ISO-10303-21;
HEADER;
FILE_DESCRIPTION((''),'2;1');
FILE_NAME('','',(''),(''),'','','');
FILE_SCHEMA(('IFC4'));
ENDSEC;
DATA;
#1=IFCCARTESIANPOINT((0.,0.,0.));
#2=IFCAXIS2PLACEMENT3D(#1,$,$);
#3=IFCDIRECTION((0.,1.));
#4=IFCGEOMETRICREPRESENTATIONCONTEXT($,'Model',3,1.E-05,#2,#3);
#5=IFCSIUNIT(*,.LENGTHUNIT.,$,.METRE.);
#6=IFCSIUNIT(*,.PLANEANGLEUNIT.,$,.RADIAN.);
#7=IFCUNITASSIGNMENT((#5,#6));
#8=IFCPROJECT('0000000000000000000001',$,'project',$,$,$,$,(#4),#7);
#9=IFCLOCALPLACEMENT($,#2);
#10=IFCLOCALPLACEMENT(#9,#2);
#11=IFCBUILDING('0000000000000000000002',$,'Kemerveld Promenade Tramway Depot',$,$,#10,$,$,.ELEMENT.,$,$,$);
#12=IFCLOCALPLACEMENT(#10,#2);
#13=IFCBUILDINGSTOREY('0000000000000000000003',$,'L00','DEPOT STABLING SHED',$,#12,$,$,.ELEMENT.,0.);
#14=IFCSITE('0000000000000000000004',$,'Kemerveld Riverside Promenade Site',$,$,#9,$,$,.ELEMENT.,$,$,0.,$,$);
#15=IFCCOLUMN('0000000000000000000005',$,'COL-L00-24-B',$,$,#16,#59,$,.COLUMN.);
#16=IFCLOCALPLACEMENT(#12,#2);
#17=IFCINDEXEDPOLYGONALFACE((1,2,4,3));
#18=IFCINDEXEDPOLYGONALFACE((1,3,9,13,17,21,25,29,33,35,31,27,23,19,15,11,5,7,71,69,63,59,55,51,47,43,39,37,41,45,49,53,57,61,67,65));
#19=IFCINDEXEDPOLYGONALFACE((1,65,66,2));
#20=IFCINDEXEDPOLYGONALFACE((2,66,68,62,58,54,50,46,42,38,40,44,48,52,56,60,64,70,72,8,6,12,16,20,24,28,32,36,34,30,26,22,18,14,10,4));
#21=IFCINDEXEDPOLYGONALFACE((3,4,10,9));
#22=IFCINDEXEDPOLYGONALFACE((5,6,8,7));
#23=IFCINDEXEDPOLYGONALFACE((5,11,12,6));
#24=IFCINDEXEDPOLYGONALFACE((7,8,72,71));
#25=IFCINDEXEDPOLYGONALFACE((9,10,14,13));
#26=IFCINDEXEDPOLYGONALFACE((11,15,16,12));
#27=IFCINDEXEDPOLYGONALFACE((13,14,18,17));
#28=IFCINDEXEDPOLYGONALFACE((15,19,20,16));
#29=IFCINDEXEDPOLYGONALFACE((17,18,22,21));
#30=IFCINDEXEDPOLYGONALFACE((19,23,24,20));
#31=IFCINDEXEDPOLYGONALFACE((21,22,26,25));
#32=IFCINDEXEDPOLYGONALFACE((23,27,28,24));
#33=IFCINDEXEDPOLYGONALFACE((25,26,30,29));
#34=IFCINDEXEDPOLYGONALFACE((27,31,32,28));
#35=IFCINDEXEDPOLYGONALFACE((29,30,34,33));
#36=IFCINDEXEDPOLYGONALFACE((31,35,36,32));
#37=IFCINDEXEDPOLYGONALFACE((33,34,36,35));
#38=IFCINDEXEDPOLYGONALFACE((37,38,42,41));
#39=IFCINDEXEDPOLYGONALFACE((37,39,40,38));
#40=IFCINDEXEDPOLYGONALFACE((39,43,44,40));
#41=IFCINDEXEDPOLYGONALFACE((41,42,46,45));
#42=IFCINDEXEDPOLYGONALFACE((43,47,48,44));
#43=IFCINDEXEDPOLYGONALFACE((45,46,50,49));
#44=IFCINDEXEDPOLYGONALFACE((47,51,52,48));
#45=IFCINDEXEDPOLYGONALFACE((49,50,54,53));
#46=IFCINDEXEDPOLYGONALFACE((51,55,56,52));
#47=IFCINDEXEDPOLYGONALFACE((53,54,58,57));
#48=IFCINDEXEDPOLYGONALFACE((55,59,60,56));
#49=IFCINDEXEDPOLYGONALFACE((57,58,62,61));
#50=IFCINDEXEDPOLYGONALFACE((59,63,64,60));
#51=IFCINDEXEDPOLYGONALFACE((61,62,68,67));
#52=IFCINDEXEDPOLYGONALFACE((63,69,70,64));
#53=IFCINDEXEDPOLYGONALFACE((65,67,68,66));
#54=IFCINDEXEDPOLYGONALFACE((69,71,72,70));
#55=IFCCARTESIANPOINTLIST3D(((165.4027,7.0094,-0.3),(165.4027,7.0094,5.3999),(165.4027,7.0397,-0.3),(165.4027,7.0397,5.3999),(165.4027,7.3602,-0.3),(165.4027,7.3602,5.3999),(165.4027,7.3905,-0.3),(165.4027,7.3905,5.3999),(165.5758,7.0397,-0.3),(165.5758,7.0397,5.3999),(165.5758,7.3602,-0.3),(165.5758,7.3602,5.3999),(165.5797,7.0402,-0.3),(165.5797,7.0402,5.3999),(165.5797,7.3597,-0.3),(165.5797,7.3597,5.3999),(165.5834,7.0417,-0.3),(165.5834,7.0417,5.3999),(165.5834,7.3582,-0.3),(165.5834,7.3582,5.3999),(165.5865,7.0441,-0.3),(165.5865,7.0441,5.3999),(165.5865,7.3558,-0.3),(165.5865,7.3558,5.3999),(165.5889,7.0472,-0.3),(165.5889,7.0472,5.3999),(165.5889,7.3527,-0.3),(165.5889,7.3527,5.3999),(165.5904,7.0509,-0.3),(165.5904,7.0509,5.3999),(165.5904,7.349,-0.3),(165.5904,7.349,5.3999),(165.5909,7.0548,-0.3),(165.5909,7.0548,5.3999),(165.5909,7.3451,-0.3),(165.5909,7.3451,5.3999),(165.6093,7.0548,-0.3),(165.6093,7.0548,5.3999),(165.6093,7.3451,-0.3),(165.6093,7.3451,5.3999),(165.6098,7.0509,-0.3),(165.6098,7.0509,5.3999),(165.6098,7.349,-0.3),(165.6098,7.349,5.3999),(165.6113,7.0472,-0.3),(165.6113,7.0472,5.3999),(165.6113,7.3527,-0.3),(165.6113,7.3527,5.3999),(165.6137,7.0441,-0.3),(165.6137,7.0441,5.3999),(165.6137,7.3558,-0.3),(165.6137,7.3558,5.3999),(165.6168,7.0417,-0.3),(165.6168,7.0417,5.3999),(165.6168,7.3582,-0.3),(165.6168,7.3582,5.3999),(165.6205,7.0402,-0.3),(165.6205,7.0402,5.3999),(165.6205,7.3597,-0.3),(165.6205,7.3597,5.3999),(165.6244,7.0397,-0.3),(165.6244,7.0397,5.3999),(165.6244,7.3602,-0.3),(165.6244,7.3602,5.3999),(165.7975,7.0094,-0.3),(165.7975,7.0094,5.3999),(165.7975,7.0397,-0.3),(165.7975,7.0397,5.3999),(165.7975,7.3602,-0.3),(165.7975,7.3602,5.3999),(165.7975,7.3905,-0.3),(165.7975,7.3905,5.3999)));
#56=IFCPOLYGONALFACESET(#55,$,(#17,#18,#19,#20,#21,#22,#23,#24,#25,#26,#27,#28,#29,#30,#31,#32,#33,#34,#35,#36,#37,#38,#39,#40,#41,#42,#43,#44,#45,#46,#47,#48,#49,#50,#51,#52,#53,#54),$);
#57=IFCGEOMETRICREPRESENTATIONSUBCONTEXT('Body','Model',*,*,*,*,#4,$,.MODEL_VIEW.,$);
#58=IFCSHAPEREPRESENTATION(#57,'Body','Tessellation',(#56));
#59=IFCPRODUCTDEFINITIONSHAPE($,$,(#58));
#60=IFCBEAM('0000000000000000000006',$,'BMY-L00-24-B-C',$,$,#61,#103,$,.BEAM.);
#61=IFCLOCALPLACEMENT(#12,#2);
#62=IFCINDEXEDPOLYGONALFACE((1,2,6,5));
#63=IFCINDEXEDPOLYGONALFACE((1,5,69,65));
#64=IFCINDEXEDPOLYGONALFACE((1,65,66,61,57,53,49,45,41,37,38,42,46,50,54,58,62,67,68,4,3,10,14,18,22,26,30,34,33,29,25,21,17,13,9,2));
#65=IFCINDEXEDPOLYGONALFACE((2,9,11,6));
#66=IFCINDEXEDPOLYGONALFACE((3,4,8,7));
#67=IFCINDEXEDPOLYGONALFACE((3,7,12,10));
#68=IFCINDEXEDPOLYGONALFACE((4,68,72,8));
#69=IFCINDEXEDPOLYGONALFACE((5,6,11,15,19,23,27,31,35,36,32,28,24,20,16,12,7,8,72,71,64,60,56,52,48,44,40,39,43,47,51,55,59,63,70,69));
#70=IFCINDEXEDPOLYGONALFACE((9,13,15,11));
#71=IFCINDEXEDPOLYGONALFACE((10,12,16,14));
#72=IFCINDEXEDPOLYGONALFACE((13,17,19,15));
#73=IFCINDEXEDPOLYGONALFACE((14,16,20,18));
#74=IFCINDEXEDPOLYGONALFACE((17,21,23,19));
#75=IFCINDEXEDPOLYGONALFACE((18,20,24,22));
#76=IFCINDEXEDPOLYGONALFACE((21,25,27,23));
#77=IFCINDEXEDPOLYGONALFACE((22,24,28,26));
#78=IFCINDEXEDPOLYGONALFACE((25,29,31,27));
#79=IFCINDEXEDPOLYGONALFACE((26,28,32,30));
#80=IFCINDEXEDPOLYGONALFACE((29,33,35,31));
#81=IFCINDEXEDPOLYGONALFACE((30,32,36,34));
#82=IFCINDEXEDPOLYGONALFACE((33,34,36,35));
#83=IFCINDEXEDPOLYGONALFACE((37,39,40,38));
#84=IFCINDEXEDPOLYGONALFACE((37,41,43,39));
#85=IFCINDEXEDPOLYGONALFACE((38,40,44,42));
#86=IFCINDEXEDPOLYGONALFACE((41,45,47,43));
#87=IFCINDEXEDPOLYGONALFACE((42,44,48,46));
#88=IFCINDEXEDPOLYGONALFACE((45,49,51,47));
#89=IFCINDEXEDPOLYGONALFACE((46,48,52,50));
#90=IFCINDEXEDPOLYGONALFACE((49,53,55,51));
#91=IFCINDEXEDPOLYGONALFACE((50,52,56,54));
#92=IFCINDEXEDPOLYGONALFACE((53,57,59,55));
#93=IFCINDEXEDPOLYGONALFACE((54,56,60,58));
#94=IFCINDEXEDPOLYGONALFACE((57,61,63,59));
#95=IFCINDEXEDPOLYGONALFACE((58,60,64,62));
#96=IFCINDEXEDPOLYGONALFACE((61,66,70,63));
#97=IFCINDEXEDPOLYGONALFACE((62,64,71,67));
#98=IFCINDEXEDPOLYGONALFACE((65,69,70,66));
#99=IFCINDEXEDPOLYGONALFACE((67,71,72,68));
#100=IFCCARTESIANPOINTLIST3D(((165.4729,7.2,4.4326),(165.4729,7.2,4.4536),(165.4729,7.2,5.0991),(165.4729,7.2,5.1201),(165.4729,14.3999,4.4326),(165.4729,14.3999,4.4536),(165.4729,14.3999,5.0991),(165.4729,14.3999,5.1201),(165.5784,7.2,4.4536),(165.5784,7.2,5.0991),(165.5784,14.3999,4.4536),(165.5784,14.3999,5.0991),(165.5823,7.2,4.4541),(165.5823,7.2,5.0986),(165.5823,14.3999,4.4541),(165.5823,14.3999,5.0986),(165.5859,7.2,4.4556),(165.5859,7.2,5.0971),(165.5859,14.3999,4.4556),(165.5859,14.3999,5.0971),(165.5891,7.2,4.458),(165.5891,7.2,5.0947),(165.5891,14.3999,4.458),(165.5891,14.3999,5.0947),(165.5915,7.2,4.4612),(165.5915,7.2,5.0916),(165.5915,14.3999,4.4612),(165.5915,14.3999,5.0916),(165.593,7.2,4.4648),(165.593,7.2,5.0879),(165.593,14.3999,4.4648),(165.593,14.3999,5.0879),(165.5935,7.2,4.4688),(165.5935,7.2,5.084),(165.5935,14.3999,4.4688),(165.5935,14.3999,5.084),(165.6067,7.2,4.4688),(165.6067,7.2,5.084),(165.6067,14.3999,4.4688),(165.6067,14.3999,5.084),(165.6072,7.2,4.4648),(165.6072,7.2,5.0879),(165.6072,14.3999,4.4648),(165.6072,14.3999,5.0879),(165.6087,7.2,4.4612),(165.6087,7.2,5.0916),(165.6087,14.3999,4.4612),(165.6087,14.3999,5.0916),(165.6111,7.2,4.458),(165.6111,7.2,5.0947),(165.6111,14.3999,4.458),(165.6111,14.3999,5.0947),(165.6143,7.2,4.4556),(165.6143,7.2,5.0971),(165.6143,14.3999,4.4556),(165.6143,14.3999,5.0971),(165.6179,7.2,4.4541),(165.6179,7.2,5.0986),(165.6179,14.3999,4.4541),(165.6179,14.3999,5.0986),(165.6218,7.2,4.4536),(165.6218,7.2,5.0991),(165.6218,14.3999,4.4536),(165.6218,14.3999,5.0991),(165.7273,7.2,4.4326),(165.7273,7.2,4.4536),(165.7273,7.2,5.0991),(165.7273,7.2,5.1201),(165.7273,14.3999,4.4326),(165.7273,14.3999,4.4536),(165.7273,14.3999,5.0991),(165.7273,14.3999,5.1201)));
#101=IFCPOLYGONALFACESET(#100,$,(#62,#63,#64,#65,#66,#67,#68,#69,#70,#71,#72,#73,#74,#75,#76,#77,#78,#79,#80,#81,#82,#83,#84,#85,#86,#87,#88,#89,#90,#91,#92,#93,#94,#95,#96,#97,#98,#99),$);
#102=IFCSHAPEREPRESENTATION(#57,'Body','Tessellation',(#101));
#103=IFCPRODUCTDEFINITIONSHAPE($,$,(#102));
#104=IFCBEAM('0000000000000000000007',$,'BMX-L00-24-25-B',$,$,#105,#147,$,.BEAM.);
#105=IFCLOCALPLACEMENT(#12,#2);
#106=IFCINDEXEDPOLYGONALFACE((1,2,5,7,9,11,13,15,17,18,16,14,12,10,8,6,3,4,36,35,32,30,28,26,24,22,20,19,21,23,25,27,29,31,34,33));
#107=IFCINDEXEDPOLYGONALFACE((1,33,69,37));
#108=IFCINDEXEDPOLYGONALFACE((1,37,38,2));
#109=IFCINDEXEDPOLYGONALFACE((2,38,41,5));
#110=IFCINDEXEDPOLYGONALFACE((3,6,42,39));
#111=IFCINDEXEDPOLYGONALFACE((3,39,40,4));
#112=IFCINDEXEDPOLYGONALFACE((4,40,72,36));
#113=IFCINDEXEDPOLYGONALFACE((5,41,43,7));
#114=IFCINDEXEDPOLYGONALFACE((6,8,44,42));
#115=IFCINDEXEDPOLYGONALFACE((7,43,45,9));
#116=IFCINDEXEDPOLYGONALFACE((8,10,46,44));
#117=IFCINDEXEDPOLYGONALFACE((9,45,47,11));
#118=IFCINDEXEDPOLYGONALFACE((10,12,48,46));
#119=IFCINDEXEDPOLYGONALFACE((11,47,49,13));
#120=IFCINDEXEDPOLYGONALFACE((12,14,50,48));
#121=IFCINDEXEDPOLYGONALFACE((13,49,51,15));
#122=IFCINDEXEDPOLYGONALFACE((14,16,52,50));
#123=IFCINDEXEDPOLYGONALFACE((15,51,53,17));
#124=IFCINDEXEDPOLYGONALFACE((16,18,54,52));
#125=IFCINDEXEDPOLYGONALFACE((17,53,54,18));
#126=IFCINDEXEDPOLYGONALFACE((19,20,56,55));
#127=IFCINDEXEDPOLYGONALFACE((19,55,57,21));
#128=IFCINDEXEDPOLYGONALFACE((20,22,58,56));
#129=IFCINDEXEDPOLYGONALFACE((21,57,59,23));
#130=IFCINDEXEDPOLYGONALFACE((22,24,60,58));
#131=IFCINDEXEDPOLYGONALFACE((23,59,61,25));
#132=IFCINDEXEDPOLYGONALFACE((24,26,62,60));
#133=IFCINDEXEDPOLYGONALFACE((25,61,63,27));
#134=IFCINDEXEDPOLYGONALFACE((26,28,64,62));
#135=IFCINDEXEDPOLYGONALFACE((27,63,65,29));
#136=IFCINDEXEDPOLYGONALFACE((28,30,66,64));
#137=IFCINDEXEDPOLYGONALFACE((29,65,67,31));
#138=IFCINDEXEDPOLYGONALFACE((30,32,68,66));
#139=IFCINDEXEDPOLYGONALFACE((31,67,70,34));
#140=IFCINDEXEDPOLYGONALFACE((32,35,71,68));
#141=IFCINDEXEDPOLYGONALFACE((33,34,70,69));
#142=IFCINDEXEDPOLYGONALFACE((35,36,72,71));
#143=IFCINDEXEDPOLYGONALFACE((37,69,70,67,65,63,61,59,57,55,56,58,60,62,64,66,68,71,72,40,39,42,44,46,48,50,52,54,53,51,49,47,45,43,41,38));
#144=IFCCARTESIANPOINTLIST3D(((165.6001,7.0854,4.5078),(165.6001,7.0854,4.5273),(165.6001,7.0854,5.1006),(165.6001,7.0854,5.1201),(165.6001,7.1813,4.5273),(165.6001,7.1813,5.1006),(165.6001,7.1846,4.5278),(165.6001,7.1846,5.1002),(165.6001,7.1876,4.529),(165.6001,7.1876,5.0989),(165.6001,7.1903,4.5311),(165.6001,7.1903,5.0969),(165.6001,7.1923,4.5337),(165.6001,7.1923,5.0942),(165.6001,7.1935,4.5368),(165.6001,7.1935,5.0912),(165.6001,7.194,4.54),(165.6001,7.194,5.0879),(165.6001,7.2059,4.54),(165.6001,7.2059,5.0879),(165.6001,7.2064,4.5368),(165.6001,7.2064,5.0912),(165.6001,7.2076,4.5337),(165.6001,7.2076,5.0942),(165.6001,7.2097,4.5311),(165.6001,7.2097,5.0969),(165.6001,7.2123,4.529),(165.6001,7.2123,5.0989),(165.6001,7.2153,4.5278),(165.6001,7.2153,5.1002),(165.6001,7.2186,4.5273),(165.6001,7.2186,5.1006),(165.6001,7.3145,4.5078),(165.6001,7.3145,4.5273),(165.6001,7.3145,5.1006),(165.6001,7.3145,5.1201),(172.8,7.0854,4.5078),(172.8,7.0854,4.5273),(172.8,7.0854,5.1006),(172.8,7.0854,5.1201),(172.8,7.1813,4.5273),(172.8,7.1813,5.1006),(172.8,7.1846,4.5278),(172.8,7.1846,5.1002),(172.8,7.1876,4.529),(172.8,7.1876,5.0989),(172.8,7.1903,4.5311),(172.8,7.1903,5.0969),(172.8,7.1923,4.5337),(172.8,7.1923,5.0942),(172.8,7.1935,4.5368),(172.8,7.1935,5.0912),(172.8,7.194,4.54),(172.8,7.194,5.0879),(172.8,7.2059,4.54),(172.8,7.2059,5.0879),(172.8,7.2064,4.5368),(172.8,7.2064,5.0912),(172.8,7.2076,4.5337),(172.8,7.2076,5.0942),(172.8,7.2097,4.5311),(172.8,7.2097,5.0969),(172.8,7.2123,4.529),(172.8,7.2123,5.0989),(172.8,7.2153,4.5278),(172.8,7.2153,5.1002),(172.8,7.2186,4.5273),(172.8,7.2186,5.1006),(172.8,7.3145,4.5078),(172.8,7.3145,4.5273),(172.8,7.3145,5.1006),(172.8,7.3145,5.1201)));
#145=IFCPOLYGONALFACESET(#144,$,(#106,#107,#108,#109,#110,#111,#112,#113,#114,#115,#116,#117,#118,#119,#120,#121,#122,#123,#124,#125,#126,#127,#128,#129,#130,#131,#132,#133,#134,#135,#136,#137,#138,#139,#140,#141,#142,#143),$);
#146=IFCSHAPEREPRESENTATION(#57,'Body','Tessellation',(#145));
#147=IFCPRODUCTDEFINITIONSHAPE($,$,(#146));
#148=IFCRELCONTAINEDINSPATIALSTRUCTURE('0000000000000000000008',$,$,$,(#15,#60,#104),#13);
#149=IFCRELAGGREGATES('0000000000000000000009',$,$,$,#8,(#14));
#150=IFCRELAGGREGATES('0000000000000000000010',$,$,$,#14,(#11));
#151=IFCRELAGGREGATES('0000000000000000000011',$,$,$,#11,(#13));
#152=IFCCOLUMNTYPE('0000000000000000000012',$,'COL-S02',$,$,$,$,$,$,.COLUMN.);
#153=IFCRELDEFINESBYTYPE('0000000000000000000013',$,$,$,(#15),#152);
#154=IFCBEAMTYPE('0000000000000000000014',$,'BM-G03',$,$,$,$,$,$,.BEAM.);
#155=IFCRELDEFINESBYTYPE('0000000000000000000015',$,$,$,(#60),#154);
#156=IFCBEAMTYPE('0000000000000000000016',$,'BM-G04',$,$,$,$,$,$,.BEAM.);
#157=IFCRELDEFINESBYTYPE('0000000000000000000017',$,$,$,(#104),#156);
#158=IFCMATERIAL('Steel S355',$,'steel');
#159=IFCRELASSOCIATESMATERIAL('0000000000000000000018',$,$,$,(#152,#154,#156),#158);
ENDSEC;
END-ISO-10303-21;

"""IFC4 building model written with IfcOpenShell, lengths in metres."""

from ifc_helpers import new_model, si_unit, direction, frame, origin, origin_2d, place, context, subcontext, project, spatial, i_section, extrude, material, material_profile, profile_set, type_object, element, save


model = new_model("IFC4")

# Units and contexts
model_context = context("Model", 3, precision=1e-05, world=origin(), true_north=direction((0.0, 1.0)))
body_context = subcontext(model_context, "Body", "Model", "MODEL_VIEW")
ifc_project = project(units=[si_unit("LENGTHUNIT", "METRE"), si_unit("PLANEANGLEUNIT", "RADIAN")], contexts=[model_context])

# Site, building, storey
site_placement = place(None, origin())
site = spatial("IfcSite", under=ifc_project, at=site_placement, Name="Kemerveld Riverside Promenade Site", CompositionType="ELEMENT", RefElevation=0.0)
building_placement = place(site_placement, origin())
building = spatial("IfcBuilding", under=site, at=building_placement, Name="Kemerveld Promenade Tramway Depot", CompositionType="ELEMENT")
storey_placement = place(building_placement, origin())
storey = spatial("IfcBuildingStorey", under=building, at=storey_placement, Name="L00", Description="DEPOT STABLING SHED", CompositionType="ELEMENT", Elevation=0.0)

# Column
ifc_material_1 = material(Name="Steel S355", Category="steel")
ifc_material_profile_1 = material_profile(ifc_material_1, i_section(OverallWidth=0.3948, OverallDepth=0.3811, WebThickness=0.0183, FlangeThickness=0.0303, FilletRadius=0.0151, at=origin_2d()), Name="356x406x235 UC")
ifc_profile_set_1 = profile_set([ifc_material_profile_1], Name="Steel S355")
column_type = type_object("IfcColumnType", Name="COL-S02", PredefinedType="COLUMN", material=ifc_profile_set_1)
for number, where, z_axis, x_axis, name in (
    (1, (165.6001, 7.2, -0.3), (0.0, 0.0, 1.0), (1.0, 0.0, 0.0), "COL-L00-24-B"),
):
    element("IfcColumn", number, at=place(storey_placement, frame(where, z_axis=z_axis, x_axis=x_axis)), inside=storey, type_object=column_type, Name=name, PredefinedType="COLUMN", context=body_context, shape_type="SweptSolid", body=[
        extrude(i_section(OverallWidth=0.3948, OverallDepth=0.3811, WebThickness=0.0183, FlangeThickness=0.0303, FilletRadius=0.0151, at=origin_2d()), origin(), (0.0, 0.0, 1.0), 5.7),
    ])

# Beams
ifc_material_profile_2 = material_profile(ifc_material_1, i_section(OverallWidth=0.2544, OverallDepth=0.6875, WebThickness=0.0132, FlangeThickness=0.021, FilletRadius=0.0151, at=origin_2d()), Name="686x254x152 UB")
ifc_profile_set_2 = profile_set([ifc_material_profile_2], Name="Steel S355")
beam_type_1 = type_object("IfcBeamType", Name="BM-G03", PredefinedType="BEAM", material=ifc_profile_set_2)
beam_1_placement = place(storey_placement, frame((165.6001, 7.2, 4.7764), z_axis=(0.0, 1.0, 0.0), x_axis=(-1.0, 0.0, 0.0)))
element("IfcBeam", 2, at=beam_1_placement, inside=storey, type_object=beam_type_1, Name="BMY-L00-24-B-C", PredefinedType="BEAM", context=body_context, shape_type="SweptSolid", body=[
    extrude(i_section(OverallWidth=0.2544, OverallDepth=0.6875, WebThickness=0.0132, FlangeThickness=0.021, FilletRadius=0.0151, at=origin_2d()), origin(), (0.0, 0.0, 1.0), 7.2),
])
ifc_material_profile_3 = material_profile(ifc_material_1, i_section(OverallWidth=0.229, OverallDepth=0.6123, WebThickness=0.012, FlangeThickness=0.0195, FilletRadius=0.0127, at=origin_2d()), Name="610x229x125 UB")
ifc_profile_set_3 = profile_set([ifc_material_profile_3], Name="Steel S355")
beam_type_2 = type_object("IfcBeamType", Name="BM-G04", PredefinedType="BEAM", material=ifc_profile_set_3)
beam_2_placement = place(storey_placement, frame((165.6001, 7.2, 4.814), z_axis=(1.0, 0.0, 0.0), x_axis=(0.0, 1.0, 0.0)))
element("IfcBeam", 3, at=beam_2_placement, inside=storey, type_object=beam_type_2, Name="BMX-L00-24-25-B", PredefinedType="BEAM", context=body_context, shape_type="SweptSolid", body=[
    extrude(i_section(OverallWidth=0.229, OverallDepth=0.6123, WebThickness=0.012, FlangeThickness=0.0195, FilletRadius=0.0127, at=origin_2d()), origin(), (0.0, 0.0, 1.0), 7.2),
])

save(model, "model.ifc")
